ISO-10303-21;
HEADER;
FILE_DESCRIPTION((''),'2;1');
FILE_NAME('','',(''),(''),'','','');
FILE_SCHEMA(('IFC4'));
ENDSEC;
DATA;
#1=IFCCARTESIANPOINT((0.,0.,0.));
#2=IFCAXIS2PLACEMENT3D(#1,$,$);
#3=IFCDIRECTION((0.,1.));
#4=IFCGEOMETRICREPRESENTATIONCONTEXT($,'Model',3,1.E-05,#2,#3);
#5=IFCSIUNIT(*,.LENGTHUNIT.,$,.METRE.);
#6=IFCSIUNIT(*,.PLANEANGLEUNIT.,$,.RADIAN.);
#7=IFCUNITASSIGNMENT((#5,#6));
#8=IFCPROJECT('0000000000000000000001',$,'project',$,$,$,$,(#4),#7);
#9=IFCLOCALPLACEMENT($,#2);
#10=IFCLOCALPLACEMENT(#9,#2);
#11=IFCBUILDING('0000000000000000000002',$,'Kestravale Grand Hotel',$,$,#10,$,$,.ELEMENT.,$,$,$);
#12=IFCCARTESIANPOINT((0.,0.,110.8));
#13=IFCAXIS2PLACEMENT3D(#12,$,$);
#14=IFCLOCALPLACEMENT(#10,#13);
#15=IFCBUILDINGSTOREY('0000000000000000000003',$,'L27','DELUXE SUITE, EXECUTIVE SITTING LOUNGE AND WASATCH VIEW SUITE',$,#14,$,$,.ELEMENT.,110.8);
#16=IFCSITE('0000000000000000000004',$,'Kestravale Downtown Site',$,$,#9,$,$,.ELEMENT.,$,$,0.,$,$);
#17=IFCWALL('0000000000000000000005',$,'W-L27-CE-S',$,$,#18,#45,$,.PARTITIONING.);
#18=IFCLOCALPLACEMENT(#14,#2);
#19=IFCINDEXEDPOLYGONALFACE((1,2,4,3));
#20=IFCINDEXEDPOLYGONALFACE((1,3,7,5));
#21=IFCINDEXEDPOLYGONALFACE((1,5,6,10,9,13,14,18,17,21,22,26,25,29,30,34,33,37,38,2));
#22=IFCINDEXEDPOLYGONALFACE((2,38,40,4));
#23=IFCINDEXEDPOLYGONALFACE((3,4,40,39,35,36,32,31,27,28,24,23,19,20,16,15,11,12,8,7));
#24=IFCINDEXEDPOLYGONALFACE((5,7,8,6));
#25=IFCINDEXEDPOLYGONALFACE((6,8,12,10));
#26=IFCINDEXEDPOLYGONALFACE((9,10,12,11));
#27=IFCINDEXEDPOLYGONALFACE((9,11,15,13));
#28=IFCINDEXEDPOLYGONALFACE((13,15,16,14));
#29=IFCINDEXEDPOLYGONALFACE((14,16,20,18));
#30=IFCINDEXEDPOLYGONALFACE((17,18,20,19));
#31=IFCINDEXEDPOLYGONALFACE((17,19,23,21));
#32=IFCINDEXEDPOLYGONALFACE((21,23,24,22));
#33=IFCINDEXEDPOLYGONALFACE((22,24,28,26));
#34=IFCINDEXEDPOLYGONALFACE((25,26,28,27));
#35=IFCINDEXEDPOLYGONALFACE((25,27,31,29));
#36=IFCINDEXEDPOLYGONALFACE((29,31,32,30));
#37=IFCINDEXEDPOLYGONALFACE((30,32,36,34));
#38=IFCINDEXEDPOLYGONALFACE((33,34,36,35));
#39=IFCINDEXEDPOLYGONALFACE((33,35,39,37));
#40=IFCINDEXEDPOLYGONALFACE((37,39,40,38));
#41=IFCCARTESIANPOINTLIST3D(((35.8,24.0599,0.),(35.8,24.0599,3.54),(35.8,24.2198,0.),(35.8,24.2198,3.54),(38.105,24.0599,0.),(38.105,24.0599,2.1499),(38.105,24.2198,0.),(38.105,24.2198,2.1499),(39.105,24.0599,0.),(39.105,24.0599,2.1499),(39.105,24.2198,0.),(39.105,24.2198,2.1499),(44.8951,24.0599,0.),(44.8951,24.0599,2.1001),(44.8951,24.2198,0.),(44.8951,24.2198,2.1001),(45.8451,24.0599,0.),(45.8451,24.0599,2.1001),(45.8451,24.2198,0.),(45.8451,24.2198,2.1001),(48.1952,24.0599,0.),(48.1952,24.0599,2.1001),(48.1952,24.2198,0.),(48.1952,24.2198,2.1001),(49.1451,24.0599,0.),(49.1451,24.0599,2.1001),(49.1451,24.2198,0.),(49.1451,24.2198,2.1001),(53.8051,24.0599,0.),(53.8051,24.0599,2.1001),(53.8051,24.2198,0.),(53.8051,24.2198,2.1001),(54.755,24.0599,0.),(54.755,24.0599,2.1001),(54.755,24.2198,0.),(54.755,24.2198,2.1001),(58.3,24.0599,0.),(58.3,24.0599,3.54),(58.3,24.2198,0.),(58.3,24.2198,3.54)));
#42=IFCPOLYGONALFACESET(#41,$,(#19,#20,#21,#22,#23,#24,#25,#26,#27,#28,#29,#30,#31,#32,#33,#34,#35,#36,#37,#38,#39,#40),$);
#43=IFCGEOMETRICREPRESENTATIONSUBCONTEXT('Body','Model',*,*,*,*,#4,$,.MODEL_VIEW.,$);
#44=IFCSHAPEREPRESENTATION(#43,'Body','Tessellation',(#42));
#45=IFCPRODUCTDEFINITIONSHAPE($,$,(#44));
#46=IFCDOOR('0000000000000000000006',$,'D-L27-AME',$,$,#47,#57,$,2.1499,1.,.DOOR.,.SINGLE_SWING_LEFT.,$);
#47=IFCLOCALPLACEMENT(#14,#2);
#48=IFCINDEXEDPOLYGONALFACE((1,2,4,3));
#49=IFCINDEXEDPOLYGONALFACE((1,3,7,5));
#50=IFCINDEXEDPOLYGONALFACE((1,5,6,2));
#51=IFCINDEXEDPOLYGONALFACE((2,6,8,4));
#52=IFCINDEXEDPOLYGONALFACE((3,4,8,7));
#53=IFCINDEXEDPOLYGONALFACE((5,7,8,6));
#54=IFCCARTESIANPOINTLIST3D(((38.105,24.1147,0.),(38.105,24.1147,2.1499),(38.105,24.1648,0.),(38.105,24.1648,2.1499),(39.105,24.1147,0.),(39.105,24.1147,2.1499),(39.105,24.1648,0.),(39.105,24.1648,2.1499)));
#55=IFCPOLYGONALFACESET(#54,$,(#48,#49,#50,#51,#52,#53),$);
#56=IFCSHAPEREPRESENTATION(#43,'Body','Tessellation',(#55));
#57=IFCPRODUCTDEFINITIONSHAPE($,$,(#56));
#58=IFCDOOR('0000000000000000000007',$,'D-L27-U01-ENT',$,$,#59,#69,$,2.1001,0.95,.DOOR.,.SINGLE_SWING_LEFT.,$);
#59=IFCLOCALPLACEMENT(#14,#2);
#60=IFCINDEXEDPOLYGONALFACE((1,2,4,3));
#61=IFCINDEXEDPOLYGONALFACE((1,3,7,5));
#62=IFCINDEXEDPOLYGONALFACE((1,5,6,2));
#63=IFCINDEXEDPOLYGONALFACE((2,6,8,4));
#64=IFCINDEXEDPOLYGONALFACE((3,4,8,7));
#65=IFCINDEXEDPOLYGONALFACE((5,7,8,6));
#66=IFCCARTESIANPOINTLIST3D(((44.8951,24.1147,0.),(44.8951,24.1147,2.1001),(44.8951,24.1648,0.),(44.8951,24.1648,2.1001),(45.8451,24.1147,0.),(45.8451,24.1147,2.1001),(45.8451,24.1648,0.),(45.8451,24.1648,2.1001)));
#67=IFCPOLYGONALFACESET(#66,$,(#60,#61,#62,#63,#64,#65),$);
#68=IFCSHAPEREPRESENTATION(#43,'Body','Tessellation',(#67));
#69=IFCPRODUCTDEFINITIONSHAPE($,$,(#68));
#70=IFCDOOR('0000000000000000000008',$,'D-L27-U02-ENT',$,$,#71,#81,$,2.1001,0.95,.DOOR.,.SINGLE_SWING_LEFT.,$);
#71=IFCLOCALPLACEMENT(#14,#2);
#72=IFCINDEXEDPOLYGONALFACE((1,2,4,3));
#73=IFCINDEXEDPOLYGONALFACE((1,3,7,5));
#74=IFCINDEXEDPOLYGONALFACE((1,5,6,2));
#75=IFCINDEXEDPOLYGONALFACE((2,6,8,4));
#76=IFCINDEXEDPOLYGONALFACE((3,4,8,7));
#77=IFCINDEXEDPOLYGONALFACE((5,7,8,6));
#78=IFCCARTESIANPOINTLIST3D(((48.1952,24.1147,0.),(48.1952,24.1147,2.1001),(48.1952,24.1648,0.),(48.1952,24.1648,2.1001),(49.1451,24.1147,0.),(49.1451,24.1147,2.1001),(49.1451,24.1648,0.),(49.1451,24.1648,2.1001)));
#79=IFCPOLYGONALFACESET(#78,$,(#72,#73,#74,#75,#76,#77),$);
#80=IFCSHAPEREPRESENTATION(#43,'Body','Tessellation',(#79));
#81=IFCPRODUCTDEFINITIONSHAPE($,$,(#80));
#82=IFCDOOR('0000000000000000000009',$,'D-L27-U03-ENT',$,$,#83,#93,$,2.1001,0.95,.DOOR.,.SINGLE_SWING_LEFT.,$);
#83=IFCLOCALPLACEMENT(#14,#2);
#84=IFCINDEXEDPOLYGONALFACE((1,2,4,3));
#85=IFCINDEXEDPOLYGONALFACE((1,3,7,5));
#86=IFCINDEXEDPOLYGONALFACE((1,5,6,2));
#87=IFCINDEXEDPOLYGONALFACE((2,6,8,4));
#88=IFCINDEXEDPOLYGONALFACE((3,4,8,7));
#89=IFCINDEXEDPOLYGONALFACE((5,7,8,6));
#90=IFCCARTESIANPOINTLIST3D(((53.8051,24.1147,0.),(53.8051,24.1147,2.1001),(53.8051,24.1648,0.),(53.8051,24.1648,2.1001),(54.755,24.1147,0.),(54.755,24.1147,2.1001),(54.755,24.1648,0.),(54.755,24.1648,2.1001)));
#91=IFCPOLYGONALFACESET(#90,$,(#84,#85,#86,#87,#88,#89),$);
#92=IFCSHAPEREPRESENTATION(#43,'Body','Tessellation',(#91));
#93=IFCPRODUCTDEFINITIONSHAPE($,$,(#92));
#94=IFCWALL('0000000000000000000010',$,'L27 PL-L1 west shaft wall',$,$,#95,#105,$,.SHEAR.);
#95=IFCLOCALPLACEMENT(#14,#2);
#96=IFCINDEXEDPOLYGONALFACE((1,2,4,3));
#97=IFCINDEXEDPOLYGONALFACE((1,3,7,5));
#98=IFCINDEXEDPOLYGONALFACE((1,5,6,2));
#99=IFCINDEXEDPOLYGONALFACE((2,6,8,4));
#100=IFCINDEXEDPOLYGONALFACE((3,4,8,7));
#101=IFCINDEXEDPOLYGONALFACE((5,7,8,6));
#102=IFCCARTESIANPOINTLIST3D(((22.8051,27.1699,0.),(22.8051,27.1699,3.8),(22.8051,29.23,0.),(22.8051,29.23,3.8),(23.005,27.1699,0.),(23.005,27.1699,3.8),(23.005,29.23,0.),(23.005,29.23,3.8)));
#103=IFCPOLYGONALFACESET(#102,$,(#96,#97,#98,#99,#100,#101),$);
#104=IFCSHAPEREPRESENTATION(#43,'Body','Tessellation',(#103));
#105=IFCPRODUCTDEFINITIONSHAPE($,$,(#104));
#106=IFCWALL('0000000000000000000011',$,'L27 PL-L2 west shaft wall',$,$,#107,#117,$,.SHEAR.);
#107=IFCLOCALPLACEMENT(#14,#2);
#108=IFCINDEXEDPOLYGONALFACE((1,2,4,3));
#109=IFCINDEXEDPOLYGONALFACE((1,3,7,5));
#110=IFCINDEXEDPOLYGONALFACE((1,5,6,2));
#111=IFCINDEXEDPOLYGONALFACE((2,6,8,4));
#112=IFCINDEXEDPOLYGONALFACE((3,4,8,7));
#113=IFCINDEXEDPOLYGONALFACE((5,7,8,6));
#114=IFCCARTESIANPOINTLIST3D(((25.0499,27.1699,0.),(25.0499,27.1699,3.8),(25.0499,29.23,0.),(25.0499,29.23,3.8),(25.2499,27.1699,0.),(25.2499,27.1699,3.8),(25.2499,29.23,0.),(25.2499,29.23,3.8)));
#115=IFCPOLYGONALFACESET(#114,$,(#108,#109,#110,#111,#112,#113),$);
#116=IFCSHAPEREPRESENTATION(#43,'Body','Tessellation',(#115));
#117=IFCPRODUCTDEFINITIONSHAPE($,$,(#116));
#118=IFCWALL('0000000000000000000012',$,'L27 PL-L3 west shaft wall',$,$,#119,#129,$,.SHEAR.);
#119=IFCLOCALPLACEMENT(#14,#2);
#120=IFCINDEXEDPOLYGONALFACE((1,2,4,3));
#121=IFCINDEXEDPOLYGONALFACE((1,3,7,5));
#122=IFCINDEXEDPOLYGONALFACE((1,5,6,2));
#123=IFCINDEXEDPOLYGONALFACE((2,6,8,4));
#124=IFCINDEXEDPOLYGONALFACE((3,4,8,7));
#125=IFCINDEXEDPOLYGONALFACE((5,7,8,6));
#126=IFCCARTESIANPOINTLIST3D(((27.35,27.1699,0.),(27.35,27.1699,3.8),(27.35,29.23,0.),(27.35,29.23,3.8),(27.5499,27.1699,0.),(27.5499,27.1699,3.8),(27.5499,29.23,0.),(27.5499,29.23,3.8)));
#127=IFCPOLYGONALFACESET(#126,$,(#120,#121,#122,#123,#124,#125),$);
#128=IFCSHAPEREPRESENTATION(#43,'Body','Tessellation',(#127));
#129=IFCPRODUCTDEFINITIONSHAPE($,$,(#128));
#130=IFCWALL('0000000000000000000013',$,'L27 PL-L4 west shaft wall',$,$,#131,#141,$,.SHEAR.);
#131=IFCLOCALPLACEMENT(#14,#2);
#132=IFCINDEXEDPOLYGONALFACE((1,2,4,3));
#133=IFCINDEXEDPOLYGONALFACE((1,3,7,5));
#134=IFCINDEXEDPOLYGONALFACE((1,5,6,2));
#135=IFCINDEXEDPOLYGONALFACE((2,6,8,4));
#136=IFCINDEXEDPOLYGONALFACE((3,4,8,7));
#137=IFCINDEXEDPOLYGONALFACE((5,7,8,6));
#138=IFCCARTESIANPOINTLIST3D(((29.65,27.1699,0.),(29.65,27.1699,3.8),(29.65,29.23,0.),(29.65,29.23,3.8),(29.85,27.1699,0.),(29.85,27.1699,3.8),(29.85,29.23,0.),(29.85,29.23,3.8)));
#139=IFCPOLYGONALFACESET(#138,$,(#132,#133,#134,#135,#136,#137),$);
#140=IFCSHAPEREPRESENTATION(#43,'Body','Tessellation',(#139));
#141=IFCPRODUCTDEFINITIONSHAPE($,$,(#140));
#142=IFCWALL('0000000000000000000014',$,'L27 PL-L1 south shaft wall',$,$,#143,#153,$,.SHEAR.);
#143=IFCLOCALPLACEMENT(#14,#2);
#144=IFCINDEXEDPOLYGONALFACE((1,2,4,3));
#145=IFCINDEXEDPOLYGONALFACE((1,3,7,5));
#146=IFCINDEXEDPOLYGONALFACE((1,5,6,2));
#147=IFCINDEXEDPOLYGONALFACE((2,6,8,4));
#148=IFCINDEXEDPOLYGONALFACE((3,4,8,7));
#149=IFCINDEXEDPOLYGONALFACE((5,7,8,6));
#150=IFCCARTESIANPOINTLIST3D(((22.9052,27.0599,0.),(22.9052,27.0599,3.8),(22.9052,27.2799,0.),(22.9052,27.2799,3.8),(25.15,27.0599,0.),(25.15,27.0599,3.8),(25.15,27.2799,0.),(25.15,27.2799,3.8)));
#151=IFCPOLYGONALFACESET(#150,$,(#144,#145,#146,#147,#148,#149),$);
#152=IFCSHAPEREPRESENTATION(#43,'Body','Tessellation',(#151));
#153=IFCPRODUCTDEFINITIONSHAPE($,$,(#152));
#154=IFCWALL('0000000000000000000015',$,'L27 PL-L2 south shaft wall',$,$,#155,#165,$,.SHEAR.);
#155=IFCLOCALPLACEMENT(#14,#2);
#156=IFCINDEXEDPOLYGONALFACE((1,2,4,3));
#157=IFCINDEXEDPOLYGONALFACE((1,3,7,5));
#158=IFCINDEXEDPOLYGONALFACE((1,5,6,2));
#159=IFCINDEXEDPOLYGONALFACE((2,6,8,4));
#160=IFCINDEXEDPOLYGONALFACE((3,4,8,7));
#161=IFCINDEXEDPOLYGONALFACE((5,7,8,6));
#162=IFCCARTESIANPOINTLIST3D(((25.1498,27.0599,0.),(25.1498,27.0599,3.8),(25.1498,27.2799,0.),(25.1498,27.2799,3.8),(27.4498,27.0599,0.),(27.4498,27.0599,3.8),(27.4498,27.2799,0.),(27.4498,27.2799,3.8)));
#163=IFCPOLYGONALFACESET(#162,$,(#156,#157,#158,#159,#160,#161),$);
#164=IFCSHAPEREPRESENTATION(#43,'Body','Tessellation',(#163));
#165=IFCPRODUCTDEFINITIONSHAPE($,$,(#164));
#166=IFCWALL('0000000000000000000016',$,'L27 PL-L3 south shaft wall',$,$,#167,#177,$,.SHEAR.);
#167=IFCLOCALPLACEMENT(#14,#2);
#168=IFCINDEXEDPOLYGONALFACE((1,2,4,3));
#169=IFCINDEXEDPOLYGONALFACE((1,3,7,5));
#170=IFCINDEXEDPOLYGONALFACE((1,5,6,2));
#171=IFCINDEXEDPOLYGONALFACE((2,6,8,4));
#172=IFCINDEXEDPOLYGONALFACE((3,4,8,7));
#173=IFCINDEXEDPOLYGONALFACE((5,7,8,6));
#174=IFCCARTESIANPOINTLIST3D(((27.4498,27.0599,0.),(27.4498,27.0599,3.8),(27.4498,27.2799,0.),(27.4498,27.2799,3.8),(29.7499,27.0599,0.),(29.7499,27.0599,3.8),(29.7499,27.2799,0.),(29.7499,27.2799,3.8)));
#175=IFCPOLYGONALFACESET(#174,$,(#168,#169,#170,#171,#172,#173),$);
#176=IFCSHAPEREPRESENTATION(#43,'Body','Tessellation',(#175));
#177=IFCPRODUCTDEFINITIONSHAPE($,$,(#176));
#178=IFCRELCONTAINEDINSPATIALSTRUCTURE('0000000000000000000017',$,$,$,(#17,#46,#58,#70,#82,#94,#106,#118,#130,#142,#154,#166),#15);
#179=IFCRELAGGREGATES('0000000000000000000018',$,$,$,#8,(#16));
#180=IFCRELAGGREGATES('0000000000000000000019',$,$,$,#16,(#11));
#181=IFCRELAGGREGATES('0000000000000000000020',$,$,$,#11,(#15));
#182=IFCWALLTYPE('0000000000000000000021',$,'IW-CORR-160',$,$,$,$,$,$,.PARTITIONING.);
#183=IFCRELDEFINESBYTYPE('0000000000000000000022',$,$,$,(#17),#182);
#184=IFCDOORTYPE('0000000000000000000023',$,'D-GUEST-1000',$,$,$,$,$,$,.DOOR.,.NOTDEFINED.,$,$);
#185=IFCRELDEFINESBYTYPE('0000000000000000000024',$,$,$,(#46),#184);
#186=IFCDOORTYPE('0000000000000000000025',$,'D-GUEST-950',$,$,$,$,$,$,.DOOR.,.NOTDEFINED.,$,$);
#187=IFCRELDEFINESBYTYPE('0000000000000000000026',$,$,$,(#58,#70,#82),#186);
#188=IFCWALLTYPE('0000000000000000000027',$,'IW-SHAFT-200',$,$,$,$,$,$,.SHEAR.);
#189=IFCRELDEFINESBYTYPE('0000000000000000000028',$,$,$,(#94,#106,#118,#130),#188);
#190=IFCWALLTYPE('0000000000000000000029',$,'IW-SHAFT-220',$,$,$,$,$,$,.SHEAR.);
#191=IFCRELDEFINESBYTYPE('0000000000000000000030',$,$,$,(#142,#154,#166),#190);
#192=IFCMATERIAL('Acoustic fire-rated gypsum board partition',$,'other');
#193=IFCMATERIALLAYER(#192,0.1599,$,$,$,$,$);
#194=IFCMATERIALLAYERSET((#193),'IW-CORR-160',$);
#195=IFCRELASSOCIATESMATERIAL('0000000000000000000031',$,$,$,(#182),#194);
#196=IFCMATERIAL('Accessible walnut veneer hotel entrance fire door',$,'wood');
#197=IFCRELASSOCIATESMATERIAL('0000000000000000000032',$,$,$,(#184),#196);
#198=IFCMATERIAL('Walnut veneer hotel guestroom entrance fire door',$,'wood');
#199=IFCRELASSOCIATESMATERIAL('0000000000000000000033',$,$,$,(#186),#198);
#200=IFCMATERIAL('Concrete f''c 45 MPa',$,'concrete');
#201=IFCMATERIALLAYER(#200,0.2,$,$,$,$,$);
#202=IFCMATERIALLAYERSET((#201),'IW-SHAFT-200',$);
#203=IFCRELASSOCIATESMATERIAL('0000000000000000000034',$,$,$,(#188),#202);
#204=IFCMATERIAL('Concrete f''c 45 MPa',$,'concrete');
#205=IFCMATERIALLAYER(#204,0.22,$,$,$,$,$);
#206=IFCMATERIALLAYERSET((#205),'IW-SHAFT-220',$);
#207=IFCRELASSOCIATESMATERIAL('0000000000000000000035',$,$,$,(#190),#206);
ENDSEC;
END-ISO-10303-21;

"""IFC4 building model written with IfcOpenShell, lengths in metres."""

from ifc_helpers import new_model, si_unit, direction, frame, frame_2d, origin, place, context, subcontext, project, spatial, rectangle, extrude, material, layer, layer_set, type_object, element, fill, save


model = new_model("IFC4")

# Units and contexts
model_context = context("Model", 3, precision=1e-05, world=origin(), true_north=direction((0.0, 1.0)))
body_context = subcontext(model_context, "Body", "Model", "MODEL_VIEW")
ifc_project = project(units=[si_unit("LENGTHUNIT", "METRE"), si_unit("PLANEANGLEUNIT", "RADIAN")], contexts=[model_context])

# Site, building, storey
site_placement = place(None, origin())
site = spatial("IfcSite", under=ifc_project, at=site_placement, Name="Kestravale Downtown Site", CompositionType="ELEMENT", RefElevation=0.0)
building_placement = place(site_placement, origin())
building = spatial("IfcBuilding", under=site, at=building_placement, Name="Kestravale Grand Hotel", CompositionType="ELEMENT")
storey_placement = place(building_placement, frame((0.0, 0.0, 110.8)))
storey = spatial("IfcBuildingStorey", under=building, at=storey_placement, Name="L27", Description="DELUXE SUITE, EXECUTIVE SITTING LOUNGE AND WASATCH VIEW SUITE", CompositionType="ELEMENT", Elevation=110.8)

# Shared definitions
ifc_material_1 = material(Name="Acoustic fire-rated gypsum board partition", Category="other")
ifc_layer_1 = layer(ifc_material_1, 0.1599)
ifc_layer_set_1 = layer_set([ifc_layer_1], Name="IW-CORR-160")
wall_type_1 = type_object("IfcWallType", Name="IW-CORR-160", PredefinedType="PARTITIONING", material=ifc_layer_set_1)

# Wall, openings, doors
wall_1_placement = place(storey_placement, frame((35.8, 24.1399, 0.0), z_axis=(0.0, 0.0, 1.0), x_axis=(1.0, 0.0, 0.0)))
wall_1 = element("IfcWall", 1, at=wall_1_placement, inside=storey, type_object=wall_type_1, Name="W-L27-CE-S", PredefinedType="PARTITIONING", context=body_context, shape_type="SweptSolid", body=[
    extrude(rectangle(XDim=22.5, YDim=0.1599, at=frame_2d((11.25, 0.0))), origin(), (0.0, 0.0, 1.0), 3.54),
])
opening_1_placement = place(wall_1_placement, frame((2.3049, 0.0, 0.0)))
opening_1 = element("IfcOpeningElement", 2, at=opening_1_placement, cuts=wall_1, PredefinedType="OPENING", context=body_context, shape_type="SweptSolid", body=[
    extrude(rectangle(XDim=1.0, YDim=2.1499, at=frame_2d((0.5, 1.075))), frame((0.0, 0.0898, 0.0), z_axis=(0.0, -1.0, 0.0), x_axis=(1.0, 0.0, 0.0)), (0.0, 0.0, 1.0), 0.1799),
])
opening_2_placement = place(wall_1_placement, frame((9.095, 0.0, 0.0)))
opening_2 = element("IfcOpeningElement", 3, at=opening_2_placement, cuts=wall_1, PredefinedType="OPENING", context=body_context, shape_type="SweptSolid", body=[
    extrude(rectangle(XDim=0.95, YDim=2.1001, at=frame_2d((0.4751, 1.05))), frame((0.0, 0.0898, 0.0), z_axis=(0.0, -1.0, 0.0), x_axis=(1.0, 0.0, 0.0)), (0.0, 0.0, 1.0), 0.1799),
])
opening_3_placement = place(wall_1_placement, frame((12.395, 0.0, 0.0)))
opening_3 = element("IfcOpeningElement", 4, at=opening_3_placement, cuts=wall_1, PredefinedType="OPENING", context=body_context, shape_type="SweptSolid", body=[
    extrude(rectangle(XDim=0.95, YDim=2.1001, at=frame_2d((0.4751, 1.05))), frame((0.0, 0.0898, 0.0), z_axis=(0.0, -1.0, 0.0), x_axis=(1.0, 0.0, 0.0)), (0.0, 0.0, 1.0), 0.1799),
])
opening_4_placement = place(wall_1_placement, frame((18.0049, 0.0, 0.0)))
opening_4 = element("IfcOpeningElement", 5, at=opening_4_placement, cuts=wall_1, PredefinedType="OPENING", context=body_context, shape_type="SweptSolid", body=[
    extrude(rectangle(XDim=0.95, YDim=2.1001, at=frame_2d((0.4751, 1.05))), frame((0.0, 0.0898, 0.0), z_axis=(0.0, -1.0, 0.0), x_axis=(1.0, 0.0, 0.0)), (0.0, 0.0, 1.0), 0.1799),
])
ifc_material_2 = material(Name="Accessible walnut veneer hotel entrance fire door", Category="wood")
door_type_1 = type_object("IfcDoorType", Name="D-GUEST-1000", OperationType="NOTDEFINED", PredefinedType="DOOR", material=ifc_material_2)
door_1_placement = place(opening_1_placement, origin())
door_1 = element("IfcDoor", 6, at=door_1_placement, inside=storey, type_object=door_type_1, Name="D-L27-AME", OperationType="SINGLE_SWING_LEFT", OverallHeight=2.1499, OverallWidth=1.0, PredefinedType="DOOR", context=body_context, shape_type="SweptSolid", body=[
    extrude(rectangle(XDim=1.0, YDim=2.1499, at=frame_2d((0.5, 1.075))), frame((0.0, 0.0249, 0.0), z_axis=(0.0, -1.0, 0.0), x_axis=(1.0, 0.0, 0.0)), (0.0, 0.0, 1.0), 0.05),
])
fill(opening_1, door_1)
ifc_material_3 = material(Name="Walnut veneer hotel guestroom entrance fire door", Category="wood")
door_type_2 = type_object("IfcDoorType", Name="D-GUEST-950", OperationType="NOTDEFINED", PredefinedType="DOOR", material=ifc_material_3)
door_2_placement = place(opening_2_placement, origin())
door_2 = element("IfcDoor", 7, at=door_2_placement, inside=storey, type_object=door_type_2, Name="D-L27-U01-ENT", OperationType="SINGLE_SWING_LEFT", OverallHeight=2.1001, OverallWidth=0.95, PredefinedType="DOOR", context=body_context, shape_type="SweptSolid", body=[
    extrude(rectangle(XDim=0.95, YDim=2.1001, at=frame_2d((0.4751, 1.05))), frame((0.0, 0.0249, 0.0), z_axis=(0.0, -1.0, 0.0), x_axis=(1.0, 0.0, 0.0)), (0.0, 0.0, 1.0), 0.05),
])
fill(opening_2, door_2)
door_3_placement = place(opening_3_placement, origin())
door_3 = element("IfcDoor", 8, at=door_3_placement, inside=storey, type_object=door_type_2, Name="D-L27-U02-ENT", OperationType="SINGLE_SWING_LEFT", OverallHeight=2.1001, OverallWidth=0.95, PredefinedType="DOOR", context=body_context, shape_type="SweptSolid", body=[
    extrude(rectangle(XDim=0.95, YDim=2.1001, at=frame_2d((0.4751, 1.05))), frame((0.0, 0.0249, 0.0), z_axis=(0.0, -1.0, 0.0), x_axis=(1.0, 0.0, 0.0)), (0.0, 0.0, 1.0), 0.05),
])
fill(opening_3, door_3)
door_4_placement = place(opening_4_placement, origin())
door_4 = element("IfcDoor", 9, at=door_4_placement, inside=storey, type_object=door_type_2, Name="D-L27-U03-ENT", OperationType="SINGLE_SWING_LEFT", OverallHeight=2.1001, OverallWidth=0.95, PredefinedType="DOOR", context=body_context, shape_type="SweptSolid", body=[
    extrude(rectangle(XDim=0.95, YDim=2.1001, at=frame_2d((0.4751, 1.05))), frame((0.0, 0.0249, 0.0), z_axis=(0.0, -1.0, 0.0), x_axis=(1.0, 0.0, 0.0)), (0.0, 0.0, 1.0), 0.05),
])
fill(opening_4, door_4)

# Walls
ifc_material_4 = material(Name="Concrete f'c 45 MPa", Category="concrete")
ifc_layer_2 = layer(ifc_material_4, 0.2)
ifc_layer_set_2 = layer_set([ifc_layer_2], Name="IW-SHAFT-200")
wall_type_2 = type_object("IfcWallType", Name="IW-SHAFT-200", PredefinedType="SHEAR", material=ifc_layer_set_2)
for number, where, z_axis, x_axis, name in (
    (10, (22.905, 27.1699, 0.0), (0.0, 0.0, 1.0), (0.0, 1.0, 0.0), "L27 PL-L1 west shaft wall"),
    (11, (25.1499, 27.1699, 0.0), (0.0, 0.0, 1.0), (0.0, 1.0, 0.0), "L27 PL-L2 west shaft wall"),
    (12, (27.45, 27.1699, 0.0), (0.0, 0.0, 1.0), (0.0, 1.0, 0.0), "L27 PL-L3 west shaft wall"),
    (13, (29.75, 27.1699, 0.0), (0.0, 0.0, 1.0), (0.0, 1.0, 0.0), "L27 PL-L4 west shaft wall"),
):
    element("IfcWall", number, at=place(storey_placement, frame(where, z_axis=z_axis, x_axis=x_axis)), inside=storey, type_object=wall_type_2, Name=name, PredefinedType="SHEAR", context=body_context, shape_type="SweptSolid", body=[
        extrude(rectangle(XDim=2.0601, YDim=0.2, at=frame_2d((1.03, 0.0))), origin(), (0.0, 0.0, 1.0), 3.8),
    ])
ifc_material_5 = material(Name="Concrete f'c 45 MPa", Category="concrete")
ifc_layer_3 = layer(ifc_material_5, 0.22)
ifc_layer_set_3 = layer_set([ifc_layer_3], Name="IW-SHAFT-220")
wall_type_3 = type_object("IfcWallType", Name="IW-SHAFT-220", PredefinedType="SHEAR", material=ifc_layer_set_3)
wall_2_placement = place(storey_placement, frame((22.905, 27.1699, 0.0), z_axis=(0.0, 0.0, 1.0), x_axis=(1.0, 0.0, 0.0)))
element("IfcWall", 14, at=wall_2_placement, inside=storey, type_object=wall_type_3, Name="L27 PL-L1 south shaft wall", PredefinedType="SHEAR", context=body_context, shape_type="SweptSolid", body=[
    extrude(rectangle(XDim=2.2449, YDim=0.22, at=frame_2d((1.1226, 0.0))), origin(), (0.0, 0.0, 1.0), 3.8),
])
for number, where, z_axis, x_axis, name in (
    (15, (25.1499, 27.1699, 0.0), (0.0, 0.0, 1.0), (1.0, 0.0, 0.0), "L27 PL-L2 south shaft wall"),
    (16, (27.45, 27.1699, 0.0), (0.0, 0.0, 1.0), (1.0, 0.0, 0.0), "L27 PL-L3 south shaft wall"),
):
    element("IfcWall", number, at=place(storey_placement, frame(where, z_axis=z_axis, x_axis=x_axis)), inside=storey, type_object=wall_type_3, Name=name, PredefinedType="SHEAR", context=body_context, shape_type="SweptSolid", body=[
        extrude(rectangle(XDim=2.3, YDim=0.22, at=frame_2d((1.1499, 0.0))), origin(), (0.0, 0.0, 1.0), 3.8),
    ])

save(model, "model.ifc")
